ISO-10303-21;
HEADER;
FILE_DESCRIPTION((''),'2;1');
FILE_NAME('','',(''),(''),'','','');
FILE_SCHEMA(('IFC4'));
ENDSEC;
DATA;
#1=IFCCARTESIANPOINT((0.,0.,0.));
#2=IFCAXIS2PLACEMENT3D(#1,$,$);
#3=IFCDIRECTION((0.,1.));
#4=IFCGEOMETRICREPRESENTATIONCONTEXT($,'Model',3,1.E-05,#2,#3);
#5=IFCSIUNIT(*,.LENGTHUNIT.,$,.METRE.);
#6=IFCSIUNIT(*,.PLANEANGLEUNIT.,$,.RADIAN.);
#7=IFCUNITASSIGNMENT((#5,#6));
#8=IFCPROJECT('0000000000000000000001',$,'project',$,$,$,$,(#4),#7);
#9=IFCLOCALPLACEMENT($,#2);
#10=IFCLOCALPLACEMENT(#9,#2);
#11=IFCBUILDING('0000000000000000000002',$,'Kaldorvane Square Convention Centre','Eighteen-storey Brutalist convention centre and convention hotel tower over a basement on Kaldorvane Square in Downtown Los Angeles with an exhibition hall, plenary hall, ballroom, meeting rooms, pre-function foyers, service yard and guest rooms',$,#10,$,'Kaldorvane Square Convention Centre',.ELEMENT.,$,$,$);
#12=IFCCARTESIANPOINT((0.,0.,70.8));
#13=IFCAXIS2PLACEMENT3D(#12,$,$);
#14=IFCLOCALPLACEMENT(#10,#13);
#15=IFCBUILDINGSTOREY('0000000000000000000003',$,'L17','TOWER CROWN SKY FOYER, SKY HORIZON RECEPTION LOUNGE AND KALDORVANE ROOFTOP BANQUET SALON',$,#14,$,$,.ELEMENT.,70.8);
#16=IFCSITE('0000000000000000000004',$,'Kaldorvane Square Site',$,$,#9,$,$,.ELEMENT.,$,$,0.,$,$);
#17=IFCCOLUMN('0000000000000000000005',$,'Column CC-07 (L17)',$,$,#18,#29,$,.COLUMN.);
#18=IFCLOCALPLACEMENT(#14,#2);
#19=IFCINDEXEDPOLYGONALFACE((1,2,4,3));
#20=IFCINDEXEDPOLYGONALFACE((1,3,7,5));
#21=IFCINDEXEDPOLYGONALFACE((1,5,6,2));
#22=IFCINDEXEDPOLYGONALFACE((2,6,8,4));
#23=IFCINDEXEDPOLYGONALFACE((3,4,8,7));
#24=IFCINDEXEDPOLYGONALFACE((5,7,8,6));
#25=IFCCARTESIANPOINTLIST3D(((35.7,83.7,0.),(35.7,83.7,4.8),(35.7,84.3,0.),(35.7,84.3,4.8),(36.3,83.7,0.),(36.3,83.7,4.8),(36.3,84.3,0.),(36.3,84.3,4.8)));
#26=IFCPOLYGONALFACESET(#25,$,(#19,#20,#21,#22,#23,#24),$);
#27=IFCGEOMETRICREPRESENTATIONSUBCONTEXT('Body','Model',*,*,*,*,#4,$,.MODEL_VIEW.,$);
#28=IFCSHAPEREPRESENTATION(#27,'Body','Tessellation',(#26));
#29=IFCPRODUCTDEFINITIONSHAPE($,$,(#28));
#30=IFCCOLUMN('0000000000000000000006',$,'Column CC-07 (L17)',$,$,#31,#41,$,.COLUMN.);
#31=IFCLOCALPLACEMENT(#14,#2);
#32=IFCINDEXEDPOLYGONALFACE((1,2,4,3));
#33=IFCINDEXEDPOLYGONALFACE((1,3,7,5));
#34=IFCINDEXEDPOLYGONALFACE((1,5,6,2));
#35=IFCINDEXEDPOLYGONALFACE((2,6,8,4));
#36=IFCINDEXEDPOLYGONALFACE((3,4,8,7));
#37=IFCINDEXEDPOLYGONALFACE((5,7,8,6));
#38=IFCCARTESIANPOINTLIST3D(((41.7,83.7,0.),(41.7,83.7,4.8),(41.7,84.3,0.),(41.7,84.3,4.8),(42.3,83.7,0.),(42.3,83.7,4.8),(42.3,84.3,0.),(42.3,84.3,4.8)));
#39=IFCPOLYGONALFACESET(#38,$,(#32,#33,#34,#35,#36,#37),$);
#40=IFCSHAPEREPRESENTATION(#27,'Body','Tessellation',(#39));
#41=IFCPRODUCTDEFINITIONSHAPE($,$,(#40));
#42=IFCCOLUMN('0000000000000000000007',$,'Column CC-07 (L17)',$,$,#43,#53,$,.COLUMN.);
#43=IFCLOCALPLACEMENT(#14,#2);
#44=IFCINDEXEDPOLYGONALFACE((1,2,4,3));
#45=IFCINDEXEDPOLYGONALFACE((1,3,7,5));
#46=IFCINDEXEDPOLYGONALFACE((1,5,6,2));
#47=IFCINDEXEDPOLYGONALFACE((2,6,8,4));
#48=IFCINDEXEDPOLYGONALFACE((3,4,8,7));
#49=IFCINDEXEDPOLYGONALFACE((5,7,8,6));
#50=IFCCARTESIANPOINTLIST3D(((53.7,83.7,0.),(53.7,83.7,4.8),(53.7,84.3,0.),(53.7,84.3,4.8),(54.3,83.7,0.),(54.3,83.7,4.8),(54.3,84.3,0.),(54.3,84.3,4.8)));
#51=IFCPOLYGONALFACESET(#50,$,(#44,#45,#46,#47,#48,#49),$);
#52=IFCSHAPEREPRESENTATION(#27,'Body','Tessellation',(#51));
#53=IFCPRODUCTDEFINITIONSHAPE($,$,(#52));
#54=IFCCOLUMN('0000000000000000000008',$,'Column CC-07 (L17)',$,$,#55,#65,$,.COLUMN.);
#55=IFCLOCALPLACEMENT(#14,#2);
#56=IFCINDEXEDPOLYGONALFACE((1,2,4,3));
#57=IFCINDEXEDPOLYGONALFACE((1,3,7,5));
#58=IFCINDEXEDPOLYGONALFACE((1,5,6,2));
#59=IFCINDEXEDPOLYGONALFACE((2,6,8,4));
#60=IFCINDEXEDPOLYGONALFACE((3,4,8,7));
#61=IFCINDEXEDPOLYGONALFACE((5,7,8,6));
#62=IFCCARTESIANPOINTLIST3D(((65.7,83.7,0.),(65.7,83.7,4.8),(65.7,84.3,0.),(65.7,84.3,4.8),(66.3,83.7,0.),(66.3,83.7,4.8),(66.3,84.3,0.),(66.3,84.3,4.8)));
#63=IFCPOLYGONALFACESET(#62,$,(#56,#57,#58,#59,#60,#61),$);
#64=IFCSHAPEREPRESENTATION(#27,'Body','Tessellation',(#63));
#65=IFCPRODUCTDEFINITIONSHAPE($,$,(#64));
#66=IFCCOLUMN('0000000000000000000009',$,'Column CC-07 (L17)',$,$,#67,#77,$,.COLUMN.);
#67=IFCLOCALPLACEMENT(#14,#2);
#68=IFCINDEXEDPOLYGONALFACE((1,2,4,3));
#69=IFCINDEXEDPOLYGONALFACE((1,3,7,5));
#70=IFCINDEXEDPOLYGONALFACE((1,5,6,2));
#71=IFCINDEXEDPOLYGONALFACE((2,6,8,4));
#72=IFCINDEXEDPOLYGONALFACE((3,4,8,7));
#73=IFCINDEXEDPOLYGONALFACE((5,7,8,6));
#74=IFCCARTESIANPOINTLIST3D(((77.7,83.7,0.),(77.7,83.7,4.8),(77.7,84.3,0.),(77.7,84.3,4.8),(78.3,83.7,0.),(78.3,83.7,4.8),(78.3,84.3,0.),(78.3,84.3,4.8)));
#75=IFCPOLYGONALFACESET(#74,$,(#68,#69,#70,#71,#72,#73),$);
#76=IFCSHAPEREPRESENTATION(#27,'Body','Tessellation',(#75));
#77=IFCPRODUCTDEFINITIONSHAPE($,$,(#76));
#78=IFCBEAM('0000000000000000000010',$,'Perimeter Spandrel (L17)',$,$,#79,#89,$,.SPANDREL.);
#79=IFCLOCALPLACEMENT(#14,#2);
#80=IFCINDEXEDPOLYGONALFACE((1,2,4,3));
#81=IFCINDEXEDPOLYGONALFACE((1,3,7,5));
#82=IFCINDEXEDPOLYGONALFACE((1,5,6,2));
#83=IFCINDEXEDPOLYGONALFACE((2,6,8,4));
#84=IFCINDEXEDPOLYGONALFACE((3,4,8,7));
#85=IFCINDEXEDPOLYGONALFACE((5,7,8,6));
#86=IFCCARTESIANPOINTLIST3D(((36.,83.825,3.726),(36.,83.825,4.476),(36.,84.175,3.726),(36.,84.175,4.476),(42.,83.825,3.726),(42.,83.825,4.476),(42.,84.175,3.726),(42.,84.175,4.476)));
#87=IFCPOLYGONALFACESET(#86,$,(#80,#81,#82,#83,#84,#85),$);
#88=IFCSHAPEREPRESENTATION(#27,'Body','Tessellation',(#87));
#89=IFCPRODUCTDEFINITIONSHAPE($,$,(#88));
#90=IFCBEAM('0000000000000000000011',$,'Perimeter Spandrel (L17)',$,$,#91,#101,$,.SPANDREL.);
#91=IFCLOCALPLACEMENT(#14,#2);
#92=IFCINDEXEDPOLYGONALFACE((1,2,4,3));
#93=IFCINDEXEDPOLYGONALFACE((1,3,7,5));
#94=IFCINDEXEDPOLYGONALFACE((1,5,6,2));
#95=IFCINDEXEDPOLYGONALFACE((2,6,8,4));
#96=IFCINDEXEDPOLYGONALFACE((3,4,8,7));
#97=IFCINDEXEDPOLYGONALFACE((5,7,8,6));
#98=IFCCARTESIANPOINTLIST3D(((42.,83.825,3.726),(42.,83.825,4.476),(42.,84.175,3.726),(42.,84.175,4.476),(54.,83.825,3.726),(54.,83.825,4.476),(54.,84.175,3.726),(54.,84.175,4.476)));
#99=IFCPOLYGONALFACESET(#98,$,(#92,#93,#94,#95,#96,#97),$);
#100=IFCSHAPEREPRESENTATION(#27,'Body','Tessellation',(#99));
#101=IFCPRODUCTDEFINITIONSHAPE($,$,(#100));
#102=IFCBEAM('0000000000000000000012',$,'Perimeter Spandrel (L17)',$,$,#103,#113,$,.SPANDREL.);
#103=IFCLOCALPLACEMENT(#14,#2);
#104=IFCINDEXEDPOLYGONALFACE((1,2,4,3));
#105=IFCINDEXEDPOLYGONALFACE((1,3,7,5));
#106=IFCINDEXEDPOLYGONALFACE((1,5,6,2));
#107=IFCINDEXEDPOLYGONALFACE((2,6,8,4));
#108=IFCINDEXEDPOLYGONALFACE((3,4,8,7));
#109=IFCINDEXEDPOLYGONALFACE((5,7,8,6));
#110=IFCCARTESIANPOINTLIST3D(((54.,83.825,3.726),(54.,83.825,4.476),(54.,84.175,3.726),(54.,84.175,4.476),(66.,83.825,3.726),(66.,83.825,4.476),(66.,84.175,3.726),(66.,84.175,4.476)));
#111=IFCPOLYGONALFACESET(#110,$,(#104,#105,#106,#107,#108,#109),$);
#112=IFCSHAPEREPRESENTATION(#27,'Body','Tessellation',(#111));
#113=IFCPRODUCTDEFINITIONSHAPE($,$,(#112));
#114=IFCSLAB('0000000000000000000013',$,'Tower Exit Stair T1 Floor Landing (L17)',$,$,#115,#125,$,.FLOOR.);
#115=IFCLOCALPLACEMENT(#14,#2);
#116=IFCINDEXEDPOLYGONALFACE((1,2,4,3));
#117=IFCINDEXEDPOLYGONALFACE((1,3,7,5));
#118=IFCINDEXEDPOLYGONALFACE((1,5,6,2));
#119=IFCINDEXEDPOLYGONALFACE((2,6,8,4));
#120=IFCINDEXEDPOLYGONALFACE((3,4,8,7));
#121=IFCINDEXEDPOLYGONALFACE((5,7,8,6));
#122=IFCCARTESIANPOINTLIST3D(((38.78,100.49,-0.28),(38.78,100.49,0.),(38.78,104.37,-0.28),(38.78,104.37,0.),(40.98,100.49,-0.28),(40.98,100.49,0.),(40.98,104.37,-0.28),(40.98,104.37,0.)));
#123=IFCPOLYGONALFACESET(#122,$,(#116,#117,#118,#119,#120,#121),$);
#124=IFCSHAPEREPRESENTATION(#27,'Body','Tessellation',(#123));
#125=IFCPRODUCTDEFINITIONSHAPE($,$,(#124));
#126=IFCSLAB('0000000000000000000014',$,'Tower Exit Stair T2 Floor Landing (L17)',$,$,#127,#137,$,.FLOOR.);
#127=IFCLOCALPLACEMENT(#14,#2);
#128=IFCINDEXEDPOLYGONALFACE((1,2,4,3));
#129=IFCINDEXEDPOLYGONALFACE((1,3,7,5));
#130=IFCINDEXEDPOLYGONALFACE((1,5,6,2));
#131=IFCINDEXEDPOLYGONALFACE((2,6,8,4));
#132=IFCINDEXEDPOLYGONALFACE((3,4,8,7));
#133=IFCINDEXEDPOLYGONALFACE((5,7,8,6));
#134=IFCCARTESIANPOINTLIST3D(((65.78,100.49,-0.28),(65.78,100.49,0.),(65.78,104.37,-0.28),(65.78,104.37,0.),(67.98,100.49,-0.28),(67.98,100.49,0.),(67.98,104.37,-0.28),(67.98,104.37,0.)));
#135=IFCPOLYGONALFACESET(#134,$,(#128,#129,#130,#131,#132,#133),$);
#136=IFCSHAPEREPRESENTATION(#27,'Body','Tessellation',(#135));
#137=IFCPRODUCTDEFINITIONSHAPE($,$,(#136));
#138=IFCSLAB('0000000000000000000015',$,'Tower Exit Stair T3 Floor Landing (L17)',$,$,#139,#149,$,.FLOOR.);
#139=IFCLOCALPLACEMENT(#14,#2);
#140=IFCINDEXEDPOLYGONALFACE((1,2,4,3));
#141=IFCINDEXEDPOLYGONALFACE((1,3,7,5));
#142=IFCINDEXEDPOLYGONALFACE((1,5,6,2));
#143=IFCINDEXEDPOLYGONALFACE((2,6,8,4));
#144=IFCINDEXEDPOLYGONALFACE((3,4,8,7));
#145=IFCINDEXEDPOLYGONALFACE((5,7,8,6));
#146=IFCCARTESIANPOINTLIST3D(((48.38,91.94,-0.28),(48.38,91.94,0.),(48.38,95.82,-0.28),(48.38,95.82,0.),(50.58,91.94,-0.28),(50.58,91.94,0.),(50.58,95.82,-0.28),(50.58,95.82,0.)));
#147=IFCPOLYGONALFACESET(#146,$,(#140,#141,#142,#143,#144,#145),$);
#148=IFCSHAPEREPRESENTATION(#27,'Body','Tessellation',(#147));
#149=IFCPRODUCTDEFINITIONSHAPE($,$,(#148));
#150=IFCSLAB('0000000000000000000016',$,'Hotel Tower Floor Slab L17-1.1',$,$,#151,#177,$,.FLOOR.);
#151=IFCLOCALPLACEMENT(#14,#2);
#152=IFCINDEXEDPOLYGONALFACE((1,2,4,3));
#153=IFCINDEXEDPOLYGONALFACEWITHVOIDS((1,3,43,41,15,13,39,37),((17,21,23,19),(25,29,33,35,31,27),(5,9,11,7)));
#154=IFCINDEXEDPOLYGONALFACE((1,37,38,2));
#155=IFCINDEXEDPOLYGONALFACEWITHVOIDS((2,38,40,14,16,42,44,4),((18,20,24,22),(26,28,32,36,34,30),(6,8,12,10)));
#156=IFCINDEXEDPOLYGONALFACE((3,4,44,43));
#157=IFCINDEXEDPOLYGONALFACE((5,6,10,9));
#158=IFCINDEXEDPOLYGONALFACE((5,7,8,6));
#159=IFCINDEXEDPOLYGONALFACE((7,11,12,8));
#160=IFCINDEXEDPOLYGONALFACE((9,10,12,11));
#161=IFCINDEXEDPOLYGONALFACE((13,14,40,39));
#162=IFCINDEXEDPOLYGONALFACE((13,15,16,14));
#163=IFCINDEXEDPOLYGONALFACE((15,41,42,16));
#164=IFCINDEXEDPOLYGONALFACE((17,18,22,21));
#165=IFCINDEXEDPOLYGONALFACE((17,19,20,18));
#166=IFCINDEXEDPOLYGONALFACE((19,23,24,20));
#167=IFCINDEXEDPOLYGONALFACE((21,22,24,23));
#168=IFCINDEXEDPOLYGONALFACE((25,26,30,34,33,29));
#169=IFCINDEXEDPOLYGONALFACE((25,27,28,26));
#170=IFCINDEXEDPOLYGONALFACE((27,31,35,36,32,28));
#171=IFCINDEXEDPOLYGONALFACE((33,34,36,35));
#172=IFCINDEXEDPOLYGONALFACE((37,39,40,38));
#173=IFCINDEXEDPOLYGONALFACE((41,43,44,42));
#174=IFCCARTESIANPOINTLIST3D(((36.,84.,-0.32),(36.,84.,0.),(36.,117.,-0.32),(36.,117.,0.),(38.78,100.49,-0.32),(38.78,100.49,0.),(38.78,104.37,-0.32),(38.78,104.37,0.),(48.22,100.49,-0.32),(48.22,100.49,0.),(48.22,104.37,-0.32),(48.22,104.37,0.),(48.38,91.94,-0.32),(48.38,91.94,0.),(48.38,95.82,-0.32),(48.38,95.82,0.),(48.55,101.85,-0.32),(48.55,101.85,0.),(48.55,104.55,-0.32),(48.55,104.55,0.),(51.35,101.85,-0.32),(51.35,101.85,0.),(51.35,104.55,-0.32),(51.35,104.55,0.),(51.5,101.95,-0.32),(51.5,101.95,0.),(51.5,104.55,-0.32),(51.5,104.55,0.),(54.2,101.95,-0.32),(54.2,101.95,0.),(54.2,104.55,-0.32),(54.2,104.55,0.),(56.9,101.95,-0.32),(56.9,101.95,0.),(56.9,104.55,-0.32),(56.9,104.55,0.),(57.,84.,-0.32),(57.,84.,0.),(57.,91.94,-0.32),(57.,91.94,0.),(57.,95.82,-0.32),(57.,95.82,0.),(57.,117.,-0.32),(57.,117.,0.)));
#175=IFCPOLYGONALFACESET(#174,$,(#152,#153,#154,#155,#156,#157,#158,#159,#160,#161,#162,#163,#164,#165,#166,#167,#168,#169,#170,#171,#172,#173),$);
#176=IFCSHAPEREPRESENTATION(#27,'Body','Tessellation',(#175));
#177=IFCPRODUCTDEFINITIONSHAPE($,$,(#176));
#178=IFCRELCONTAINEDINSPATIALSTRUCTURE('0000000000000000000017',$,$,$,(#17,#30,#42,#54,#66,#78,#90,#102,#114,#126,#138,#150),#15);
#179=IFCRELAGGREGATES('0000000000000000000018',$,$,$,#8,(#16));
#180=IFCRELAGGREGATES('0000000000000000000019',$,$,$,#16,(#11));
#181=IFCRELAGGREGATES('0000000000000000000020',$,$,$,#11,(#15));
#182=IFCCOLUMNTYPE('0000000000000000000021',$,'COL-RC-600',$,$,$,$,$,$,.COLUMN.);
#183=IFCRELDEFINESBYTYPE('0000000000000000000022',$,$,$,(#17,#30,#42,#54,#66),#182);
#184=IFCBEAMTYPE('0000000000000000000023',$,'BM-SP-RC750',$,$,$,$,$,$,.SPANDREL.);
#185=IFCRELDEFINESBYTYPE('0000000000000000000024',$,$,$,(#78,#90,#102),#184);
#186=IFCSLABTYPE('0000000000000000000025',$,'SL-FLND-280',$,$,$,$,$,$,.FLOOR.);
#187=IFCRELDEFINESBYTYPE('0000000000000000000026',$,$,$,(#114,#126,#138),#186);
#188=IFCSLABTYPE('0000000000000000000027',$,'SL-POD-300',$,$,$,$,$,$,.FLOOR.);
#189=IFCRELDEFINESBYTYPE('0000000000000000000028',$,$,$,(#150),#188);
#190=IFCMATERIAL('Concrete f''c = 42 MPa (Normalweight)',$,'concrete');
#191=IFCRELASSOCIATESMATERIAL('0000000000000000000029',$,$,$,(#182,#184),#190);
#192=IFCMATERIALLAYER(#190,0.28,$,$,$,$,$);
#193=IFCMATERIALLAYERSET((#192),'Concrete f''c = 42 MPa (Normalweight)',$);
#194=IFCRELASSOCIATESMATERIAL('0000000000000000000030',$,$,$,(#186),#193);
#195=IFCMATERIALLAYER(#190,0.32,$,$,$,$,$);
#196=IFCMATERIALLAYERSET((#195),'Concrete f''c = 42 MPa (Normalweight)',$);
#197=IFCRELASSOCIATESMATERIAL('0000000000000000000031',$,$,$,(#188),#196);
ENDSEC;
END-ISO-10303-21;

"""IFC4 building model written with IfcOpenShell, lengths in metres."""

from ifc_helpers import new_model, si_unit, direction, frame, origin, origin_2d, place, context, subcontext, project, spatial, polyline, rectangle, outline, extrude, material, layer, layer_set, material_profile, profile_set, type_object, element, save


model = new_model("IFC4")

# Units and contexts
model_context = context("Model", 3, precision=1e-05, world=origin(), true_north=direction((0.0, 1.0)))
body_context = subcontext(model_context, "Body", "Model", "MODEL_VIEW")
ifc_project = project(units=[si_unit("LENGTHUNIT", "METRE"), si_unit("PLANEANGLEUNIT", "RADIAN")], contexts=[model_context])

# Site, building, storey
site_placement = place(None, origin())
site = spatial("IfcSite", under=ifc_project, at=site_placement, Name="Kaldorvane Square Site", CompositionType="ELEMENT", RefElevation=0.0)
building_placement = place(site_placement, origin())
building = spatial("IfcBuilding", under=site, at=building_placement, Name="Kaldorvane Square Convention Centre", Description="Eighteen-storey Brutalist convention centre and convention hotel tower over a basement on Kaldorvane Square in Downtown Los Angeles with an exhibition hall, plenary hall, ballroom, meeting rooms, pre-function foyers, service yard and guest rooms", LongName="Kaldorvane Square Convention Centre", CompositionType="ELEMENT")
storey_placement = place(building_placement, frame((0.0, 0.0, 70.8)))
storey = spatial("IfcBuildingStorey", under=building, at=storey_placement, Name="L17", Description="TOWER CROWN SKY FOYER, SKY HORIZON RECEPTION LOUNGE AND KALDORVANE ROOFTOP BANQUET SALON", CompositionType="ELEMENT", Elevation=70.8)

# Columns
ifc_material_1 = material(Name="Concrete f'c = 42 MPa (Normalweight)", Category="concrete")
ifc_material_profile_1 = material_profile(ifc_material_1, rectangle(XDim=0.6, YDim=0.6, at=origin_2d()), Name="RC600X600")
ifc_profile_set_1 = profile_set([ifc_material_profile_1], Name="Concrete f'c = 42 MPa (Normalweight)")
column_type = type_object("IfcColumnType", Name="COL-RC-600", PredefinedType="COLUMN", material=ifc_profile_set_1)
for number, where, z_axis, x_axis, name in (
    (1, (36.0, 84.0, 0.0), (0.0, 0.0, 1.0), (1.0, 0.0, 0.0), "Column CC-07 (L17)"),
    (2, (42.0, 84.0, 0.0), (0.0, 0.0, 1.0), (1.0, 0.0, 0.0), "Column CC-07 (L17)"),
    (3, (54.0, 84.0, 0.0), (0.0, 0.0, 1.0), (1.0, 0.0, 0.0), "Column CC-07 (L17)"),
    (4, (66.0, 84.0, 0.0), (0.0, 0.0, 1.0), (1.0, 0.0, 0.0), "Column CC-07 (L17)"),
    (5, (78.0, 84.0, 0.0), (0.0, 0.0, 1.0), (1.0, 0.0, 0.0), "Column CC-07 (L17)"),
):
    element("IfcColumn", number, at=place(storey_placement, frame(where, z_axis=z_axis, x_axis=x_axis)), inside=storey, type_object=column_type, Name=name, PredefinedType="COLUMN", context=body_context, shape_type="SweptSolid", body=[
        extrude(rectangle(XDim=0.6, YDim=0.6, at=origin_2d()), origin(), (0.0, 0.0, 1.0), 4.8),
    ])

# Beams
ifc_material_profile_2 = material_profile(ifc_material_1, rectangle(XDim=0.35, YDim=0.75, at=origin_2d()), Name="RCSP750X350")
ifc_profile_set_2 = profile_set([ifc_material_profile_2], Name="Concrete f'c = 42 MPa (Normalweight)")
beam_type = type_object("IfcBeamType", Name="BM-SP-RC750", PredefinedType="SPANDREL", material=ifc_profile_set_2)
beam_placement = place(storey_placement, frame((36.0, 84.0, 4.101), z_axis=(1.0, 0.0, 0.0), x_axis=(0.0, 1.0, 0.0)))
element("IfcBeam", 6, at=beam_placement, inside=storey, type_object=beam_type, Name="Perimeter Spandrel (L17)", PredefinedType="SPANDREL", context=body_context, shape_type="SweptSolid", body=[
    extrude(rectangle(XDim=0.35, YDim=0.75, at=origin_2d()), origin(), (0.0, 0.0, 1.0), 6.0),
])
for number, where, z_axis, x_axis, name in (
    (7, (42.0, 84.0, 4.101), (1.0, 0.0, 0.0), (0.0, 1.0, 0.0), "Perimeter Spandrel (L17)"),
    (8, (54.0, 84.0, 4.101), (1.0, 0.0, 0.0), (0.0, 1.0, 0.0), "Perimeter Spandrel (L17)"),
):
    element("IfcBeam", number, at=place(storey_placement, frame(where, z_axis=z_axis, x_axis=x_axis)), inside=storey, type_object=beam_type, Name=name, PredefinedType="SPANDREL", context=body_context, shape_type="SweptSolid", body=[
        extrude(rectangle(XDim=0.35, YDim=0.75, at=origin_2d()), origin(), (0.0, 0.0, 1.0), 12.0),
    ])

# Slabs
ifc_layer_1 = layer(ifc_material_1, 0.28)
ifc_layer_set_1 = layer_set([ifc_layer_1], Name="Concrete f'c = 42 MPa (Normalweight)")
slab_type_1 = type_object("IfcSlabType", Name="SL-FLND-280", PredefinedType="FLOOR", material=ifc_layer_set_1)
slab_1_placement = place(storey_placement, frame((0.0, 0.0, -0.28)))
element("IfcSlab", 9, at=slab_1_placement, inside=storey, type_object=slab_type_1, Name="Tower Exit Stair T1 Floor Landing (L17)", PredefinedType="FLOOR", context=body_context, shape_type="SweptSolid", body=[
    extrude(outline(polyline([(38.78, 100.49), (40.98, 100.49), (40.98, 104.37), (38.78, 104.37), (38.78, 100.49)])), origin(), (0.0, 0.0, 1.0), 0.28),
])
slab_2_placement = place(storey_placement, frame((0.0, 0.0, -0.28)))
element("IfcSlab", 10, at=slab_2_placement, inside=storey, type_object=slab_type_1, Name="Tower Exit Stair T2 Floor Landing (L17)", PredefinedType="FLOOR", context=body_context, shape_type="SweptSolid", body=[
    extrude(outline(polyline([(65.78, 100.49), (67.98, 100.49), (67.98, 104.37), (65.78, 104.37), (65.78, 100.49)])), origin(), (0.0, 0.0, 1.0), 0.28),
])
slab_3_placement = place(storey_placement, frame((0.0, 0.0, -0.28)))
element("IfcSlab", 11, at=slab_3_placement, inside=storey, type_object=slab_type_1, Name="Tower Exit Stair T3 Floor Landing (L17)", PredefinedType="FLOOR", context=body_context, shape_type="SweptSolid", body=[
    extrude(outline(polyline([(48.38, 91.94), (50.58, 91.94), (50.58, 95.82), (48.38, 95.82), (48.38, 91.94)])), origin(), (0.0, 0.0, 1.0), 0.28),
])
ifc_layer_2 = layer(ifc_material_1, 0.32)
ifc_layer_set_2 = layer_set([ifc_layer_2], Name="Concrete f'c = 42 MPa (Normalweight)")
slab_type_2 = type_object("IfcSlabType", Name="SL-POD-300", PredefinedType="FLOOR", material=ifc_layer_set_2)
slab_4_placement = place(storey_placement, frame((0.0, 0.0, -0.32)))
element("IfcSlab", 12, at=slab_4_placement, inside=storey, type_object=slab_type_2, Name="Hotel Tower Floor Slab L17-1.1", PredefinedType="FLOOR", context=body_context, shape_type="SweptSolid", body=[
    extrude(outline(polyline([(36.0, 117.0), (57.0, 117.0), (57.0, 95.82), (48.38, 95.82), (48.38, 91.94), (57.0, 91.94), (57.0, 84.0), (36.0, 84.0), (36.0, 117.0)]), holes=[polyline([(38.78, 104.37), (38.78, 100.49), (48.22, 100.49), (48.22, 104.37), (38.78, 104.37)]), polyline([(48.55, 104.55), (48.55, 101.85), (51.35, 101.85), (51.35, 104.55), (48.55, 104.55)]), polyline([(51.5, 104.55), (51.5, 101.95), (54.2, 101.95), (56.9, 101.95), (56.9, 104.55), (54.2, 104.55), (51.5, 104.55)])]), origin(), (0.0, 0.0, 1.0), 0.32),
])

save(model, "model.ifc")
